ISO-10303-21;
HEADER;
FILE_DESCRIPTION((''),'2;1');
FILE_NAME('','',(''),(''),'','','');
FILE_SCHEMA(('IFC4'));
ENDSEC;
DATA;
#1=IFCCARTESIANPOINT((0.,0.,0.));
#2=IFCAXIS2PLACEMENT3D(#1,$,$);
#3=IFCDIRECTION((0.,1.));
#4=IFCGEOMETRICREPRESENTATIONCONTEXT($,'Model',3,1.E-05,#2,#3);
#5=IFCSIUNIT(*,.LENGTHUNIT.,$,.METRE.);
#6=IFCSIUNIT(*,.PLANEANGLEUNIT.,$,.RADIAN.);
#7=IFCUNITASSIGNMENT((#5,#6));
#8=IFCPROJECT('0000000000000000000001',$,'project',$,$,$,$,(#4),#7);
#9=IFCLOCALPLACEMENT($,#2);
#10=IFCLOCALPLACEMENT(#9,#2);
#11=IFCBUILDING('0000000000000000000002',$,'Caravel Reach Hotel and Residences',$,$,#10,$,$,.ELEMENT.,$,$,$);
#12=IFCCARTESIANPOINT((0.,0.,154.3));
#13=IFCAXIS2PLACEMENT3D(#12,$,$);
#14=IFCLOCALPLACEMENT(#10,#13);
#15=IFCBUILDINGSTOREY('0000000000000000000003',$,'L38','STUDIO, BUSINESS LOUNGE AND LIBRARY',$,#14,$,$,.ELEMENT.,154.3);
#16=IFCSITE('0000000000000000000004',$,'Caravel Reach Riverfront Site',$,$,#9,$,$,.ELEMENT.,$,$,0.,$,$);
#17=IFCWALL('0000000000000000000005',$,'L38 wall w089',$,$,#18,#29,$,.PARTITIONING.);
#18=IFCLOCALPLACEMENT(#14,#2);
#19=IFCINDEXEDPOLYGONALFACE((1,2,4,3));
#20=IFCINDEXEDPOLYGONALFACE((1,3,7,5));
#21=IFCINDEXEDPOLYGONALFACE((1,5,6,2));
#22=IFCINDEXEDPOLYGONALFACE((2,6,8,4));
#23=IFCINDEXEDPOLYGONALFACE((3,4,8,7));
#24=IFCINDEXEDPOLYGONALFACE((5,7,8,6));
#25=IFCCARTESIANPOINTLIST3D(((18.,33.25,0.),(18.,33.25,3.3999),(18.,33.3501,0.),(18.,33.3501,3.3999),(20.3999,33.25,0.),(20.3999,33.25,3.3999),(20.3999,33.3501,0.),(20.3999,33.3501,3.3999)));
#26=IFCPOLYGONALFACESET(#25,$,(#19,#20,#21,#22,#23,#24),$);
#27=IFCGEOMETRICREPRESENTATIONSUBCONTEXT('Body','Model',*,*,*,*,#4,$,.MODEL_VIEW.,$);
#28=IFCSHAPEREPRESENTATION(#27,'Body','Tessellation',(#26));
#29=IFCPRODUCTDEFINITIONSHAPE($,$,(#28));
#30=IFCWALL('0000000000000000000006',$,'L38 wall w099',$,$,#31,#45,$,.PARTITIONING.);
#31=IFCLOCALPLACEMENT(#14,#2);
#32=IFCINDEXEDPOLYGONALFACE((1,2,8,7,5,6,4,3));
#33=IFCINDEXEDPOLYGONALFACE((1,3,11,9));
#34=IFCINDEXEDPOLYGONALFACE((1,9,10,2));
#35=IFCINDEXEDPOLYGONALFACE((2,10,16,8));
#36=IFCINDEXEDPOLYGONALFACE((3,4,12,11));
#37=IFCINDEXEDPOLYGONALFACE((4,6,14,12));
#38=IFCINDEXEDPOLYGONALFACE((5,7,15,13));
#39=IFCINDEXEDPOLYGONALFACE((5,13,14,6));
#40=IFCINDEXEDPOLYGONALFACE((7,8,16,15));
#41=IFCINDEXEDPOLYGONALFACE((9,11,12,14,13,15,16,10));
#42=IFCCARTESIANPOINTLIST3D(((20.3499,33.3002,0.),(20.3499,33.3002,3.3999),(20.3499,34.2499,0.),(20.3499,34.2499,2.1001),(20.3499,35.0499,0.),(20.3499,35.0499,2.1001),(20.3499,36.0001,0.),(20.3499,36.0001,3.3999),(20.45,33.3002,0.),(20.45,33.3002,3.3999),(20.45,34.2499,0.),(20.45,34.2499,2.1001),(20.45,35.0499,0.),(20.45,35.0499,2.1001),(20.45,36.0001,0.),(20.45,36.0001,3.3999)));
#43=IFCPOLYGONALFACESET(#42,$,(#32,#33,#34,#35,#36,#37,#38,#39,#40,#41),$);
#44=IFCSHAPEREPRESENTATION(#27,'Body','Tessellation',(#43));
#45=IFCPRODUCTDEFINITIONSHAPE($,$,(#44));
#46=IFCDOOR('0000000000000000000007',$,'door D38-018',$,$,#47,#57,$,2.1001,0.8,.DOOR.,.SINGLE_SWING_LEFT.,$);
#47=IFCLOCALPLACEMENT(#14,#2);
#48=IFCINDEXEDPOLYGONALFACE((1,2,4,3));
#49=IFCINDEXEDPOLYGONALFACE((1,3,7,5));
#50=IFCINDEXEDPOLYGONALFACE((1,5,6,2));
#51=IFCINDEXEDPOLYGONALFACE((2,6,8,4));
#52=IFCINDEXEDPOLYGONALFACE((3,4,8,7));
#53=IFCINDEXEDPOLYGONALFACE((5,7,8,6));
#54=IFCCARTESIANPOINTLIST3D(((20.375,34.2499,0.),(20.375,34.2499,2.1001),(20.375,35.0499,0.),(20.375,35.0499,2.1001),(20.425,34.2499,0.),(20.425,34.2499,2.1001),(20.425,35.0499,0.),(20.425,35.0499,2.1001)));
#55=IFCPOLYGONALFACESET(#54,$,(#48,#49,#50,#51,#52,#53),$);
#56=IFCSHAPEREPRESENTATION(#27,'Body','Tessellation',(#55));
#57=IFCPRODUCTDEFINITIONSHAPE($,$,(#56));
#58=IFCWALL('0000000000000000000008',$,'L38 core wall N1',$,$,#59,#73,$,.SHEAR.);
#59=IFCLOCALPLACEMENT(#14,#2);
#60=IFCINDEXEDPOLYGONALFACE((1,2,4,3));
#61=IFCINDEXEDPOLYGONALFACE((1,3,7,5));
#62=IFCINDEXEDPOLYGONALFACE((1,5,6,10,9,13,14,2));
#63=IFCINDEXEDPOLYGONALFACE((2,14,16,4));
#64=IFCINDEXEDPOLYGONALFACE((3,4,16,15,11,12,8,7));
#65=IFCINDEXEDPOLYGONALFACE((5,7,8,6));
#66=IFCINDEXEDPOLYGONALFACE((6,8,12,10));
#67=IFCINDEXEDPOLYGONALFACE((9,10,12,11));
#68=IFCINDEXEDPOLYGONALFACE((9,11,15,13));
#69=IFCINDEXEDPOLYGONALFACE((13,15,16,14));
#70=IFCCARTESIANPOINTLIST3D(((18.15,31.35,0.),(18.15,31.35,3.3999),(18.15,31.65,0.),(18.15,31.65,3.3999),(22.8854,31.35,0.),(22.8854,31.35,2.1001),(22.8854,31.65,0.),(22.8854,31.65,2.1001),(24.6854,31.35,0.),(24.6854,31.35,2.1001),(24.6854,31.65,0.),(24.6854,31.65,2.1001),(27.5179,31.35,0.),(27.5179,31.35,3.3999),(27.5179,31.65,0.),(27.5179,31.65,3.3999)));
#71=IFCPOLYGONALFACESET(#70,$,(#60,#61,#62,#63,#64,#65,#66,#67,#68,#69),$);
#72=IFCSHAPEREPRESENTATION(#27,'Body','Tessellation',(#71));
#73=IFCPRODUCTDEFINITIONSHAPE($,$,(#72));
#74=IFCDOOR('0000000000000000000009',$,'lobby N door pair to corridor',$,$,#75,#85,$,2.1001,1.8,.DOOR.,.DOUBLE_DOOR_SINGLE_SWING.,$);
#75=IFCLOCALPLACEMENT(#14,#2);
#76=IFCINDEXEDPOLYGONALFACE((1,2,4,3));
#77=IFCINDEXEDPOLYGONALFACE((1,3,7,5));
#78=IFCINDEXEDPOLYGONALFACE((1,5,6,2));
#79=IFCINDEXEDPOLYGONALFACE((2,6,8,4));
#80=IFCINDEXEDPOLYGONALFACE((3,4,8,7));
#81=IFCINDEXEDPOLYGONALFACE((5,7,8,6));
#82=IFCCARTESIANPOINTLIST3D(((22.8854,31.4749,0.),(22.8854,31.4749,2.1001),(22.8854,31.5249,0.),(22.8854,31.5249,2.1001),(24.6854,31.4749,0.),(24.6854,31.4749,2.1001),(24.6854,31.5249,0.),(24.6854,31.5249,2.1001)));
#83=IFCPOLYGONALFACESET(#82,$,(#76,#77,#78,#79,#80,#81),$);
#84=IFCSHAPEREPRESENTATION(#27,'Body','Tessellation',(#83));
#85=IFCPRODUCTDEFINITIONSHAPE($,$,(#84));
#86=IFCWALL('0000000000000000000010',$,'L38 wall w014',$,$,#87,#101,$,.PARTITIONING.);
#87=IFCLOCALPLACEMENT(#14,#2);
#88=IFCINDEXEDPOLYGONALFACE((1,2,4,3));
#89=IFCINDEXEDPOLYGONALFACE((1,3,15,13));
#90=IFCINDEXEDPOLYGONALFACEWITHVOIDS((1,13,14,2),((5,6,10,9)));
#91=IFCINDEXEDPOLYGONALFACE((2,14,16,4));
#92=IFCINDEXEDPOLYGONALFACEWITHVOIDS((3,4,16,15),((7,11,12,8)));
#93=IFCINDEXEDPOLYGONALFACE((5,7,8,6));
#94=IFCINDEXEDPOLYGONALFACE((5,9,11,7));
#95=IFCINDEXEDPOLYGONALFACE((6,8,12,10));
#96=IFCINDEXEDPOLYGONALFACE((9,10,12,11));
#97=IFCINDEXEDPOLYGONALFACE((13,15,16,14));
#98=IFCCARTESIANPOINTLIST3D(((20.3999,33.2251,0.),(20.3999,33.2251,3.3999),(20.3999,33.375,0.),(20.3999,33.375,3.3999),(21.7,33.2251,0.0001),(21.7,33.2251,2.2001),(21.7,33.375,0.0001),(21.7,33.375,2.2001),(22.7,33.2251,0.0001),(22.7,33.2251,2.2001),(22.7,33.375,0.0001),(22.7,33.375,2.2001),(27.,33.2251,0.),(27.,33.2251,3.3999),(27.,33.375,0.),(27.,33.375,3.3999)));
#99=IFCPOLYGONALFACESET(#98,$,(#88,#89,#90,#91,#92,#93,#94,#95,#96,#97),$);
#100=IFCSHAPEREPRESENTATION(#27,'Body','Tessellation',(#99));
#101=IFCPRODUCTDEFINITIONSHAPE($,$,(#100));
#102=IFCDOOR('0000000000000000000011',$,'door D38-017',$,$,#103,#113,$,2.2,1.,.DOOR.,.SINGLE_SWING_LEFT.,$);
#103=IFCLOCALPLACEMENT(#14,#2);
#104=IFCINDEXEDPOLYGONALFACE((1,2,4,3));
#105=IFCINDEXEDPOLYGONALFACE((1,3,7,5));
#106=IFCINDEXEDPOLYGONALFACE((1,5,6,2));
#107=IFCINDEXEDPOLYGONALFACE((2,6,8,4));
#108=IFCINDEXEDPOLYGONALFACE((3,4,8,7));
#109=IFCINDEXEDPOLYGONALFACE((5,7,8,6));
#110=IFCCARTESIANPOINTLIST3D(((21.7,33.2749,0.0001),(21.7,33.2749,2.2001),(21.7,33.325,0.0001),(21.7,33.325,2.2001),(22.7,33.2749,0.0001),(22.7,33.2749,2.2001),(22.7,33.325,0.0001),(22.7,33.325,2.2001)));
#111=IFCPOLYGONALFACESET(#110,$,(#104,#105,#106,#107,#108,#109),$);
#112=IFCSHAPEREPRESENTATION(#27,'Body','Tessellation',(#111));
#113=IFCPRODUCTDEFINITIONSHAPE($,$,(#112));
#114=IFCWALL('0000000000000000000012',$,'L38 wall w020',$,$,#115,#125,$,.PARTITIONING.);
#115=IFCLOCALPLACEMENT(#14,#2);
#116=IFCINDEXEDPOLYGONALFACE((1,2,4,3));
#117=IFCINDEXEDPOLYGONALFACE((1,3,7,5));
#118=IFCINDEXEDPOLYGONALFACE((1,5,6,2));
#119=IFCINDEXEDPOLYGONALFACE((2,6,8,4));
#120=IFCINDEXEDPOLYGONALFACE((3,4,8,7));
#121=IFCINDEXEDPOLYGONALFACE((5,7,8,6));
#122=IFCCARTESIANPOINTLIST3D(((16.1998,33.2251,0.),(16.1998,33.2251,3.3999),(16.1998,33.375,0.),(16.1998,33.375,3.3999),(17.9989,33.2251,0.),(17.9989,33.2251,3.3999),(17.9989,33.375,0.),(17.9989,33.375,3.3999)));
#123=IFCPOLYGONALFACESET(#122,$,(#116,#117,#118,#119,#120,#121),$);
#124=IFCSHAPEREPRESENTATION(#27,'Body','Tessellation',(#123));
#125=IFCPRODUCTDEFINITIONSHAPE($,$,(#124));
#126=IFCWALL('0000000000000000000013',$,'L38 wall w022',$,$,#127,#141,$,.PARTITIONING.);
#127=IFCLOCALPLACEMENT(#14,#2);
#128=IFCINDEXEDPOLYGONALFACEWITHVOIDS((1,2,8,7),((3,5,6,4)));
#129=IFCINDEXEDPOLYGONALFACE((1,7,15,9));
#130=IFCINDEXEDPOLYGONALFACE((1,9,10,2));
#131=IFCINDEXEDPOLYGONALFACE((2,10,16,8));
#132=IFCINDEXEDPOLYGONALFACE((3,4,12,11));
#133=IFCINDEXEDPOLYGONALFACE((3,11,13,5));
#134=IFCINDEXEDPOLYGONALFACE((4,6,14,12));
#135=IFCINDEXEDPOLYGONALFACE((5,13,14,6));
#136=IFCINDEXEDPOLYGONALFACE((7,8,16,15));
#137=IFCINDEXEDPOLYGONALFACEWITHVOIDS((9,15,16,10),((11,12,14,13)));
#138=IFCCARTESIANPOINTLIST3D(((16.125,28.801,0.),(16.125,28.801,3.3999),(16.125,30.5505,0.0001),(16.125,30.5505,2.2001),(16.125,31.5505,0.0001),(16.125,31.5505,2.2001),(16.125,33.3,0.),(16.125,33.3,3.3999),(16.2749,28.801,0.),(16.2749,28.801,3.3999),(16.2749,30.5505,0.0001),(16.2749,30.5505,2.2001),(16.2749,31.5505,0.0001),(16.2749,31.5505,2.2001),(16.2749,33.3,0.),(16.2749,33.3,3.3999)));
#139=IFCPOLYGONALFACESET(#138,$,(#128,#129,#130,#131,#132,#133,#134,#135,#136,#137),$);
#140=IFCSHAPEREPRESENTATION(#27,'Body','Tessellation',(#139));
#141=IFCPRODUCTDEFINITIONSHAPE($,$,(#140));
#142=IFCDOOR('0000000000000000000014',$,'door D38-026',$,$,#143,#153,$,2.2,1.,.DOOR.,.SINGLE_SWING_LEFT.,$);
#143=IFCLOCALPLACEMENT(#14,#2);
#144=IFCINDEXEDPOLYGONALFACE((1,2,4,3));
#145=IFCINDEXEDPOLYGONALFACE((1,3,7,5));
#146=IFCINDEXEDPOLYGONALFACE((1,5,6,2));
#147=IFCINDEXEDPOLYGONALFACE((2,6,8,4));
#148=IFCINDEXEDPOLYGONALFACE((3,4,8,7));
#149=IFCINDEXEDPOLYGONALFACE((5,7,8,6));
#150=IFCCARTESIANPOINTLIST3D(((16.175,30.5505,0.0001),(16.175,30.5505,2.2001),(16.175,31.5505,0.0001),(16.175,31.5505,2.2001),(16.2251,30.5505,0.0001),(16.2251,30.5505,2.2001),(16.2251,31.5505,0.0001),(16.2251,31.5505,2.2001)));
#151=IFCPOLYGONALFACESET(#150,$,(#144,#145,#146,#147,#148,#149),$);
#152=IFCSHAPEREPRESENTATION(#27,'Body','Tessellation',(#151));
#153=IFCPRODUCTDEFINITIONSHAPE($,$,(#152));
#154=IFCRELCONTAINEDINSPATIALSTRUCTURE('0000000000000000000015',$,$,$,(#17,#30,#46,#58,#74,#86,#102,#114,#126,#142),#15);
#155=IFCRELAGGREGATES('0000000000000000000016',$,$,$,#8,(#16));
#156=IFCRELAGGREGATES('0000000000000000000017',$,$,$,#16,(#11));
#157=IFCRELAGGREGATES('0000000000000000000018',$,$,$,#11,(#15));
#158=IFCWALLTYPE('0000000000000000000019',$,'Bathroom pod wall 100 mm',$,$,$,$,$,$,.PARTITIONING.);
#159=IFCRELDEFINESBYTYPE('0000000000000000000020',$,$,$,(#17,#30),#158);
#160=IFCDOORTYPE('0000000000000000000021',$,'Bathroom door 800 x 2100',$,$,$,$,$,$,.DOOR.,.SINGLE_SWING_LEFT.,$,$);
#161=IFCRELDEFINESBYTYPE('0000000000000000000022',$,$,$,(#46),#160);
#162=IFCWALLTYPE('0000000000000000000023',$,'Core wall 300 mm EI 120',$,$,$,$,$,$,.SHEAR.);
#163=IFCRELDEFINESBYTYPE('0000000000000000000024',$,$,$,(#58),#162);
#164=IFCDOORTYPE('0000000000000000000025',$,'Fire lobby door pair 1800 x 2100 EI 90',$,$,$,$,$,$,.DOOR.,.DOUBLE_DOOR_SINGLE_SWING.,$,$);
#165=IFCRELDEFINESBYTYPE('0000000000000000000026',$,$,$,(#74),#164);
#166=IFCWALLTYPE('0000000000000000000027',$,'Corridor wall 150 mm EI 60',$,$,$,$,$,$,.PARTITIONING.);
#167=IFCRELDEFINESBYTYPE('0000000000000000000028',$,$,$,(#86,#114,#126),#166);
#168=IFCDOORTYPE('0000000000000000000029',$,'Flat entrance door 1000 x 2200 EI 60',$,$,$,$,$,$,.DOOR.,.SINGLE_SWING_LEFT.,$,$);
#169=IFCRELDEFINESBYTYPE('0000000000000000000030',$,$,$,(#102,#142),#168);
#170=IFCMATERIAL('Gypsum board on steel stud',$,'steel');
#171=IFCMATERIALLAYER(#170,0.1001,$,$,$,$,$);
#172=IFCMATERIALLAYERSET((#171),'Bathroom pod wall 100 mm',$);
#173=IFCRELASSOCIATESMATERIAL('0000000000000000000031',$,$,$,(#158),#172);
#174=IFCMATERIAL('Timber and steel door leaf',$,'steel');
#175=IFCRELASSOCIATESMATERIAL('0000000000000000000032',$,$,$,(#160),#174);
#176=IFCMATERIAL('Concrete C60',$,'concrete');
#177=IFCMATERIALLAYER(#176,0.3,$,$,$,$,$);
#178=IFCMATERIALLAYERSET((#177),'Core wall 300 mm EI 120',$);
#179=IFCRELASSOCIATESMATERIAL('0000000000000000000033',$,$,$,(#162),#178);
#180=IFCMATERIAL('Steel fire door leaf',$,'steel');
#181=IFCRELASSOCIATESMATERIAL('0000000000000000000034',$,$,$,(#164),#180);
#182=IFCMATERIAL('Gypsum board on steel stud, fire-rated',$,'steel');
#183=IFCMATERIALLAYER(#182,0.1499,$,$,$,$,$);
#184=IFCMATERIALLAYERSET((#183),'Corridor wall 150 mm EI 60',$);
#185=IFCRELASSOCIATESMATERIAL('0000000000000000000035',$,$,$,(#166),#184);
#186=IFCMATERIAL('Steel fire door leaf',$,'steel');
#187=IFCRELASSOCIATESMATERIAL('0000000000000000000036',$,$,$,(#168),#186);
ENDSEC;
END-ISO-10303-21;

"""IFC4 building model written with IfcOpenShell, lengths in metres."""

from ifc_helpers import new_model, si_unit, direction, frame, frame_2d, origin, place, context, subcontext, project, spatial, rectangle, extrude, material, layer, layer_set, type_object, element, fill, save


model = new_model("IFC4")

# Units and contexts
model_context = context("Model", 3, precision=1e-05, world=origin(), true_north=direction((0.0, 1.0)))
body_context = subcontext(model_context, "Body", "Model", "MODEL_VIEW")
ifc_project = project(units=[si_unit("LENGTHUNIT", "METRE"), si_unit("PLANEANGLEUNIT", "RADIAN")], contexts=[model_context])

# Site, building, storey
site_placement = place(None, origin())
site = spatial("IfcSite", under=ifc_project, at=site_placement, Name="Caravel Reach Riverfront Site", CompositionType="ELEMENT", RefElevation=0.0)
building_placement = place(site_placement, origin())
building = spatial("IfcBuilding", under=site, at=building_placement, Name="Caravel Reach Hotel and Residences", CompositionType="ELEMENT")
storey_placement = place(building_placement, frame((0.0, 0.0, 154.3)))
storey = spatial("IfcBuildingStorey", under=building, at=storey_placement, Name="L38", Description="STUDIO, BUSINESS LOUNGE AND LIBRARY", CompositionType="ELEMENT", Elevation=154.3)

# Wall
ifc_material_1 = material(Name="Gypsum board on steel stud", Category="steel")
ifc_layer_1 = layer(ifc_material_1, 0.1001)
ifc_layer_set_1 = layer_set([ifc_layer_1], Name="Bathroom pod wall 100 mm")
wall_type_1 = type_object("IfcWallType", Name="Bathroom pod wall 100 mm", PredefinedType="PARTITIONING", material=ifc_layer_set_1)
wall_1_placement = place(storey_placement, frame((18.0, 33.3, 0.0), z_axis=(0.0, 0.0, 1.0), x_axis=(1.0, 0.0, 0.0)))
element("IfcWall", 1, at=wall_1_placement, inside=storey, type_object=wall_type_1, Name="L38 wall w089", PredefinedType="PARTITIONING", context=body_context, shape_type="SweptSolid", body=[
    extrude(rectangle(XDim=2.3999, YDim=0.1001, at=frame_2d((1.2, 0.0))), origin(), (0.0, 0.0, 1.0), 3.3999),
])

# Walls, openings, doors
wall_2_placement = place(storey_placement, frame((20.3999, 33.3, 0.0), z_axis=(0.0, 0.0, 1.0), x_axis=(0.0, 1.0, 0.0)))
wall_2 = element("IfcWall", 2, at=wall_2_placement, inside=storey, type_object=wall_type_1, Name="L38 wall w099", PredefinedType="PARTITIONING", context=body_context, shape_type="SweptSolid", body=[
    extrude(rectangle(XDim=2.7, YDim=0.1001, at=frame_2d((1.3501, 0.0))), origin(), (0.0, 0.0, 1.0), 3.3999),
])
opening_1_placement = place(wall_2_placement, frame((0.95, 0.0, 0.0)))
opening_1 = element("IfcOpeningElement", 3, at=opening_1_placement, cuts=wall_2, PredefinedType="OPENING", context=body_context, shape_type="SweptSolid", body=[
    extrude(rectangle(XDim=0.8, YDim=2.1001, at=frame_2d((0.3999, 1.05))), frame((0.0, 0.0601, 0.0), z_axis=(0.0, -1.0, 0.0), x_axis=(1.0, 0.0, 0.0)), (0.0, 0.0, 1.0), 0.1201),
])
ifc_material_2 = material(Name="Timber and steel door leaf", Category="steel")
door_type_1 = type_object("IfcDoorType", Name="Bathroom door 800 x 2100", OperationType="SINGLE_SWING_LEFT", PredefinedType="DOOR", material=ifc_material_2)
door_1_placement = place(opening_1_placement, origin())
door_1 = element("IfcDoor", 4, at=door_1_placement, inside=storey, type_object=door_type_1, Name="door D38-018", OperationType="SINGLE_SWING_LEFT", OverallHeight=2.1001, OverallWidth=0.8, PredefinedType="DOOR", context=body_context, shape_type="SweptSolid", body=[
    extrude(rectangle(XDim=0.8, YDim=2.1001, at=frame_2d((0.3999, 1.05))), frame((0.0, 0.0249, 0.0), z_axis=(0.0, -1.0, 0.0), x_axis=(1.0, 0.0, 0.0)), (0.0, 0.0, 1.0), 0.05),
])
fill(opening_1, door_1)
ifc_material_3 = material(Name="Concrete C60", Category="concrete")
ifc_layer_2 = layer(ifc_material_3, 0.3)
ifc_layer_set_2 = layer_set([ifc_layer_2], Name="Core wall 300 mm EI 120")
wall_type_2 = type_object("IfcWallType", Name="Core wall 300 mm EI 120", PredefinedType="SHEAR", material=ifc_layer_set_2)
wall_3_placement = place(storey_placement, frame((18.1499, 31.5, 0.0), z_axis=(0.0, 0.0, 1.0), x_axis=(1.0, 0.0, 0.0)))
wall_3 = element("IfcWall", 5, at=wall_3_placement, inside=storey, type_object=wall_type_2, Name="L38 core wall N1", PredefinedType="SHEAR", context=body_context, shape_type="SweptSolid", body=[
    extrude(rectangle(XDim=9.3679, YDim=0.3, at=frame_2d((4.6841, 0.0))), origin(), (0.0, 0.0, 1.0), 3.3999),
])
opening_2_placement = place(wall_3_placement, frame((4.7356, 0.0, 0.0)))
opening_2 = element("IfcOpeningElement", 6, at=opening_2_placement, cuts=wall_3, PredefinedType="OPENING", context=body_context, shape_type="SweptSolid", body=[
    extrude(rectangle(XDim=1.8, YDim=2.1001, at=frame_2d((0.8999, 1.05))), frame((0.0, 0.1599, 0.0), z_axis=(0.0, -1.0, 0.0), x_axis=(1.0, 0.0, 0.0)), (0.0, 0.0, 1.0), 0.3201),
])
ifc_material_4 = material(Name="Steel fire door leaf", Category="steel")
door_type_2 = type_object("IfcDoorType", Name="Fire lobby door pair 1800 x 2100 EI 90", OperationType="DOUBLE_DOOR_SINGLE_SWING", PredefinedType="DOOR", material=ifc_material_4)
door_2_placement = place(opening_2_placement, origin())
door_2 = element("IfcDoor", 7, at=door_2_placement, inside=storey, type_object=door_type_2, Name="lobby N door pair to corridor", OperationType="DOUBLE_DOOR_SINGLE_SWING", OverallHeight=2.1001, OverallWidth=1.8, PredefinedType="DOOR", context=body_context, shape_type="SweptSolid", body=[
    extrude(rectangle(XDim=1.8, YDim=2.1001, at=frame_2d((0.8999, 1.05))), frame((0.0, 0.0249, 0.0), z_axis=(0.0, -1.0, 0.0), x_axis=(1.0, 0.0, 0.0)), (0.0, 0.0, 1.0), 0.05),
])
fill(opening_2, door_2)
ifc_material_5 = material(Name="Gypsum board on steel stud, fire-rated", Category="steel")
ifc_layer_3 = layer(ifc_material_5, 0.1499)
ifc_layer_set_3 = layer_set([ifc_layer_3], Name="Corridor wall 150 mm EI 60")
wall_type_3 = type_object("IfcWallType", Name="Corridor wall 150 mm EI 60", PredefinedType="PARTITIONING", material=ifc_layer_set_3)
wall_4_placement = place(storey_placement, frame((20.3999, 33.3, 0.0), z_axis=(0.0, 0.0, 1.0), x_axis=(1.0, 0.0, 0.0)))
wall_4 = element("IfcWall", 8, at=wall_4_placement, inside=storey, type_object=wall_type_3, Name="L38 wall w014", PredefinedType="PARTITIONING", context=body_context, shape_type="SweptSolid", body=[
    extrude(rectangle(XDim=6.6001, YDim=0.1499, at=frame_2d((3.3, 0.0))), origin(), (0.0, 0.0, 1.0), 3.3999),
])
opening_3_placement = place(wall_4_placement, frame((1.3, 0.0, 0.0)))
opening_3 = element("IfcOpeningElement", 9, at=opening_3_placement, cuts=wall_4, PredefinedType="OPENING", context=body_context, shape_type="SweptSolid", body=[
    extrude(rectangle(XDim=1.0, YDim=2.2, at=frame_2d((0.5, 1.1001))), frame((0.0, 0.085, 0.0), z_axis=(0.0, -1.0, 0.0), x_axis=(1.0, 0.0, 0.0)), (0.0, 0.0, 1.0), 0.1699),
])
ifc_material_6 = material(Name="Steel fire door leaf", Category="steel")
door_type_3 = type_object("IfcDoorType", Name="Flat entrance door 1000 x 2200 EI 60", OperationType="SINGLE_SWING_LEFT", PredefinedType="DOOR", material=ifc_material_6)
door_3_placement = place(opening_3_placement, origin())
door_3 = element("IfcDoor", 10, at=door_3_placement, inside=storey, type_object=door_type_3, Name="door D38-017", OperationType="SINGLE_SWING_LEFT", OverallHeight=2.2, OverallWidth=1.0, PredefinedType="DOOR", context=body_context, shape_type="SweptSolid", body=[
    extrude(rectangle(XDim=1.0, YDim=2.2, at=frame_2d((0.5, 1.1001))), frame((0.0, 0.0249, 0.0), z_axis=(0.0, -1.0, 0.0), x_axis=(1.0, 0.0, 0.0)), (0.0, 0.0, 1.0), 0.05),
])
fill(opening_3, door_3)

# Wall
wall_5_placement = place(storey_placement, frame((16.2, 33.3, 0.0), z_axis=(0.0, 0.0, 1.0), x_axis=(1.0, 0.0, 0.0)))
element("IfcWall", 11, at=wall_5_placement, inside=storey, type_object=wall_type_3, Name="L38 wall w020", PredefinedType="PARTITIONING", context=body_context, shape_type="SweptSolid", body=[
    extrude(rectangle(XDim=1.7991, YDim=0.1499, at=frame_2d((0.8994, 0.0))), origin(), (0.0, 0.0, 1.0), 3.3999),
])

# Wall, opening, door
wall_6_placement = place(storey_placement, frame((16.2, 28.801, 0.0), z_axis=(0.0, 0.0, 1.0), x_axis=(0.0, 1.0, 0.0)))
wall_6 = element("IfcWall", 12, at=wall_6_placement, inside=storey, type_object=wall_type_3, Name="L38 wall w022", PredefinedType="PARTITIONING", context=body_context, shape_type="SweptSolid", body=[
    extrude(rectangle(XDim=4.499, YDim=0.1499, at=frame_2d((2.2495, 0.0))), origin(), (0.0, 0.0, 1.0), 3.3999),
])
opening_4_placement = place(wall_6_placement, frame((1.7495, 0.0, 0.0)))
opening_4 = element("IfcOpeningElement", 13, at=opening_4_placement, cuts=wall_6, PredefinedType="OPENING", context=body_context, shape_type="SweptSolid", body=[
    extrude(rectangle(XDim=1.0, YDim=2.2, at=frame_2d((0.5, 1.1001))), frame((0.0, 0.085, 0.0), z_axis=(0.0, -1.0, 0.0), x_axis=(1.0, 0.0, 0.0)), (0.0, 0.0, 1.0), 0.1699),
])
door_4_placement = place(opening_4_placement, origin())
door_4 = element("IfcDoor", 14, at=door_4_placement, inside=storey, type_object=door_type_3, Name="door D38-026", OperationType="SINGLE_SWING_LEFT", OverallHeight=2.2, OverallWidth=1.0, PredefinedType="DOOR", context=body_context, shape_type="SweptSolid", body=[
    extrude(rectangle(XDim=1.0, YDim=2.2, at=frame_2d((0.5, 1.1001))), frame((0.0, 0.0249, 0.0), z_axis=(0.0, -1.0, 0.0), x_axis=(1.0, 0.0, 0.0)), (0.0, 0.0, 1.0), 0.05),
])
fill(opening_4, door_4)

save(model, "model.ifc")
